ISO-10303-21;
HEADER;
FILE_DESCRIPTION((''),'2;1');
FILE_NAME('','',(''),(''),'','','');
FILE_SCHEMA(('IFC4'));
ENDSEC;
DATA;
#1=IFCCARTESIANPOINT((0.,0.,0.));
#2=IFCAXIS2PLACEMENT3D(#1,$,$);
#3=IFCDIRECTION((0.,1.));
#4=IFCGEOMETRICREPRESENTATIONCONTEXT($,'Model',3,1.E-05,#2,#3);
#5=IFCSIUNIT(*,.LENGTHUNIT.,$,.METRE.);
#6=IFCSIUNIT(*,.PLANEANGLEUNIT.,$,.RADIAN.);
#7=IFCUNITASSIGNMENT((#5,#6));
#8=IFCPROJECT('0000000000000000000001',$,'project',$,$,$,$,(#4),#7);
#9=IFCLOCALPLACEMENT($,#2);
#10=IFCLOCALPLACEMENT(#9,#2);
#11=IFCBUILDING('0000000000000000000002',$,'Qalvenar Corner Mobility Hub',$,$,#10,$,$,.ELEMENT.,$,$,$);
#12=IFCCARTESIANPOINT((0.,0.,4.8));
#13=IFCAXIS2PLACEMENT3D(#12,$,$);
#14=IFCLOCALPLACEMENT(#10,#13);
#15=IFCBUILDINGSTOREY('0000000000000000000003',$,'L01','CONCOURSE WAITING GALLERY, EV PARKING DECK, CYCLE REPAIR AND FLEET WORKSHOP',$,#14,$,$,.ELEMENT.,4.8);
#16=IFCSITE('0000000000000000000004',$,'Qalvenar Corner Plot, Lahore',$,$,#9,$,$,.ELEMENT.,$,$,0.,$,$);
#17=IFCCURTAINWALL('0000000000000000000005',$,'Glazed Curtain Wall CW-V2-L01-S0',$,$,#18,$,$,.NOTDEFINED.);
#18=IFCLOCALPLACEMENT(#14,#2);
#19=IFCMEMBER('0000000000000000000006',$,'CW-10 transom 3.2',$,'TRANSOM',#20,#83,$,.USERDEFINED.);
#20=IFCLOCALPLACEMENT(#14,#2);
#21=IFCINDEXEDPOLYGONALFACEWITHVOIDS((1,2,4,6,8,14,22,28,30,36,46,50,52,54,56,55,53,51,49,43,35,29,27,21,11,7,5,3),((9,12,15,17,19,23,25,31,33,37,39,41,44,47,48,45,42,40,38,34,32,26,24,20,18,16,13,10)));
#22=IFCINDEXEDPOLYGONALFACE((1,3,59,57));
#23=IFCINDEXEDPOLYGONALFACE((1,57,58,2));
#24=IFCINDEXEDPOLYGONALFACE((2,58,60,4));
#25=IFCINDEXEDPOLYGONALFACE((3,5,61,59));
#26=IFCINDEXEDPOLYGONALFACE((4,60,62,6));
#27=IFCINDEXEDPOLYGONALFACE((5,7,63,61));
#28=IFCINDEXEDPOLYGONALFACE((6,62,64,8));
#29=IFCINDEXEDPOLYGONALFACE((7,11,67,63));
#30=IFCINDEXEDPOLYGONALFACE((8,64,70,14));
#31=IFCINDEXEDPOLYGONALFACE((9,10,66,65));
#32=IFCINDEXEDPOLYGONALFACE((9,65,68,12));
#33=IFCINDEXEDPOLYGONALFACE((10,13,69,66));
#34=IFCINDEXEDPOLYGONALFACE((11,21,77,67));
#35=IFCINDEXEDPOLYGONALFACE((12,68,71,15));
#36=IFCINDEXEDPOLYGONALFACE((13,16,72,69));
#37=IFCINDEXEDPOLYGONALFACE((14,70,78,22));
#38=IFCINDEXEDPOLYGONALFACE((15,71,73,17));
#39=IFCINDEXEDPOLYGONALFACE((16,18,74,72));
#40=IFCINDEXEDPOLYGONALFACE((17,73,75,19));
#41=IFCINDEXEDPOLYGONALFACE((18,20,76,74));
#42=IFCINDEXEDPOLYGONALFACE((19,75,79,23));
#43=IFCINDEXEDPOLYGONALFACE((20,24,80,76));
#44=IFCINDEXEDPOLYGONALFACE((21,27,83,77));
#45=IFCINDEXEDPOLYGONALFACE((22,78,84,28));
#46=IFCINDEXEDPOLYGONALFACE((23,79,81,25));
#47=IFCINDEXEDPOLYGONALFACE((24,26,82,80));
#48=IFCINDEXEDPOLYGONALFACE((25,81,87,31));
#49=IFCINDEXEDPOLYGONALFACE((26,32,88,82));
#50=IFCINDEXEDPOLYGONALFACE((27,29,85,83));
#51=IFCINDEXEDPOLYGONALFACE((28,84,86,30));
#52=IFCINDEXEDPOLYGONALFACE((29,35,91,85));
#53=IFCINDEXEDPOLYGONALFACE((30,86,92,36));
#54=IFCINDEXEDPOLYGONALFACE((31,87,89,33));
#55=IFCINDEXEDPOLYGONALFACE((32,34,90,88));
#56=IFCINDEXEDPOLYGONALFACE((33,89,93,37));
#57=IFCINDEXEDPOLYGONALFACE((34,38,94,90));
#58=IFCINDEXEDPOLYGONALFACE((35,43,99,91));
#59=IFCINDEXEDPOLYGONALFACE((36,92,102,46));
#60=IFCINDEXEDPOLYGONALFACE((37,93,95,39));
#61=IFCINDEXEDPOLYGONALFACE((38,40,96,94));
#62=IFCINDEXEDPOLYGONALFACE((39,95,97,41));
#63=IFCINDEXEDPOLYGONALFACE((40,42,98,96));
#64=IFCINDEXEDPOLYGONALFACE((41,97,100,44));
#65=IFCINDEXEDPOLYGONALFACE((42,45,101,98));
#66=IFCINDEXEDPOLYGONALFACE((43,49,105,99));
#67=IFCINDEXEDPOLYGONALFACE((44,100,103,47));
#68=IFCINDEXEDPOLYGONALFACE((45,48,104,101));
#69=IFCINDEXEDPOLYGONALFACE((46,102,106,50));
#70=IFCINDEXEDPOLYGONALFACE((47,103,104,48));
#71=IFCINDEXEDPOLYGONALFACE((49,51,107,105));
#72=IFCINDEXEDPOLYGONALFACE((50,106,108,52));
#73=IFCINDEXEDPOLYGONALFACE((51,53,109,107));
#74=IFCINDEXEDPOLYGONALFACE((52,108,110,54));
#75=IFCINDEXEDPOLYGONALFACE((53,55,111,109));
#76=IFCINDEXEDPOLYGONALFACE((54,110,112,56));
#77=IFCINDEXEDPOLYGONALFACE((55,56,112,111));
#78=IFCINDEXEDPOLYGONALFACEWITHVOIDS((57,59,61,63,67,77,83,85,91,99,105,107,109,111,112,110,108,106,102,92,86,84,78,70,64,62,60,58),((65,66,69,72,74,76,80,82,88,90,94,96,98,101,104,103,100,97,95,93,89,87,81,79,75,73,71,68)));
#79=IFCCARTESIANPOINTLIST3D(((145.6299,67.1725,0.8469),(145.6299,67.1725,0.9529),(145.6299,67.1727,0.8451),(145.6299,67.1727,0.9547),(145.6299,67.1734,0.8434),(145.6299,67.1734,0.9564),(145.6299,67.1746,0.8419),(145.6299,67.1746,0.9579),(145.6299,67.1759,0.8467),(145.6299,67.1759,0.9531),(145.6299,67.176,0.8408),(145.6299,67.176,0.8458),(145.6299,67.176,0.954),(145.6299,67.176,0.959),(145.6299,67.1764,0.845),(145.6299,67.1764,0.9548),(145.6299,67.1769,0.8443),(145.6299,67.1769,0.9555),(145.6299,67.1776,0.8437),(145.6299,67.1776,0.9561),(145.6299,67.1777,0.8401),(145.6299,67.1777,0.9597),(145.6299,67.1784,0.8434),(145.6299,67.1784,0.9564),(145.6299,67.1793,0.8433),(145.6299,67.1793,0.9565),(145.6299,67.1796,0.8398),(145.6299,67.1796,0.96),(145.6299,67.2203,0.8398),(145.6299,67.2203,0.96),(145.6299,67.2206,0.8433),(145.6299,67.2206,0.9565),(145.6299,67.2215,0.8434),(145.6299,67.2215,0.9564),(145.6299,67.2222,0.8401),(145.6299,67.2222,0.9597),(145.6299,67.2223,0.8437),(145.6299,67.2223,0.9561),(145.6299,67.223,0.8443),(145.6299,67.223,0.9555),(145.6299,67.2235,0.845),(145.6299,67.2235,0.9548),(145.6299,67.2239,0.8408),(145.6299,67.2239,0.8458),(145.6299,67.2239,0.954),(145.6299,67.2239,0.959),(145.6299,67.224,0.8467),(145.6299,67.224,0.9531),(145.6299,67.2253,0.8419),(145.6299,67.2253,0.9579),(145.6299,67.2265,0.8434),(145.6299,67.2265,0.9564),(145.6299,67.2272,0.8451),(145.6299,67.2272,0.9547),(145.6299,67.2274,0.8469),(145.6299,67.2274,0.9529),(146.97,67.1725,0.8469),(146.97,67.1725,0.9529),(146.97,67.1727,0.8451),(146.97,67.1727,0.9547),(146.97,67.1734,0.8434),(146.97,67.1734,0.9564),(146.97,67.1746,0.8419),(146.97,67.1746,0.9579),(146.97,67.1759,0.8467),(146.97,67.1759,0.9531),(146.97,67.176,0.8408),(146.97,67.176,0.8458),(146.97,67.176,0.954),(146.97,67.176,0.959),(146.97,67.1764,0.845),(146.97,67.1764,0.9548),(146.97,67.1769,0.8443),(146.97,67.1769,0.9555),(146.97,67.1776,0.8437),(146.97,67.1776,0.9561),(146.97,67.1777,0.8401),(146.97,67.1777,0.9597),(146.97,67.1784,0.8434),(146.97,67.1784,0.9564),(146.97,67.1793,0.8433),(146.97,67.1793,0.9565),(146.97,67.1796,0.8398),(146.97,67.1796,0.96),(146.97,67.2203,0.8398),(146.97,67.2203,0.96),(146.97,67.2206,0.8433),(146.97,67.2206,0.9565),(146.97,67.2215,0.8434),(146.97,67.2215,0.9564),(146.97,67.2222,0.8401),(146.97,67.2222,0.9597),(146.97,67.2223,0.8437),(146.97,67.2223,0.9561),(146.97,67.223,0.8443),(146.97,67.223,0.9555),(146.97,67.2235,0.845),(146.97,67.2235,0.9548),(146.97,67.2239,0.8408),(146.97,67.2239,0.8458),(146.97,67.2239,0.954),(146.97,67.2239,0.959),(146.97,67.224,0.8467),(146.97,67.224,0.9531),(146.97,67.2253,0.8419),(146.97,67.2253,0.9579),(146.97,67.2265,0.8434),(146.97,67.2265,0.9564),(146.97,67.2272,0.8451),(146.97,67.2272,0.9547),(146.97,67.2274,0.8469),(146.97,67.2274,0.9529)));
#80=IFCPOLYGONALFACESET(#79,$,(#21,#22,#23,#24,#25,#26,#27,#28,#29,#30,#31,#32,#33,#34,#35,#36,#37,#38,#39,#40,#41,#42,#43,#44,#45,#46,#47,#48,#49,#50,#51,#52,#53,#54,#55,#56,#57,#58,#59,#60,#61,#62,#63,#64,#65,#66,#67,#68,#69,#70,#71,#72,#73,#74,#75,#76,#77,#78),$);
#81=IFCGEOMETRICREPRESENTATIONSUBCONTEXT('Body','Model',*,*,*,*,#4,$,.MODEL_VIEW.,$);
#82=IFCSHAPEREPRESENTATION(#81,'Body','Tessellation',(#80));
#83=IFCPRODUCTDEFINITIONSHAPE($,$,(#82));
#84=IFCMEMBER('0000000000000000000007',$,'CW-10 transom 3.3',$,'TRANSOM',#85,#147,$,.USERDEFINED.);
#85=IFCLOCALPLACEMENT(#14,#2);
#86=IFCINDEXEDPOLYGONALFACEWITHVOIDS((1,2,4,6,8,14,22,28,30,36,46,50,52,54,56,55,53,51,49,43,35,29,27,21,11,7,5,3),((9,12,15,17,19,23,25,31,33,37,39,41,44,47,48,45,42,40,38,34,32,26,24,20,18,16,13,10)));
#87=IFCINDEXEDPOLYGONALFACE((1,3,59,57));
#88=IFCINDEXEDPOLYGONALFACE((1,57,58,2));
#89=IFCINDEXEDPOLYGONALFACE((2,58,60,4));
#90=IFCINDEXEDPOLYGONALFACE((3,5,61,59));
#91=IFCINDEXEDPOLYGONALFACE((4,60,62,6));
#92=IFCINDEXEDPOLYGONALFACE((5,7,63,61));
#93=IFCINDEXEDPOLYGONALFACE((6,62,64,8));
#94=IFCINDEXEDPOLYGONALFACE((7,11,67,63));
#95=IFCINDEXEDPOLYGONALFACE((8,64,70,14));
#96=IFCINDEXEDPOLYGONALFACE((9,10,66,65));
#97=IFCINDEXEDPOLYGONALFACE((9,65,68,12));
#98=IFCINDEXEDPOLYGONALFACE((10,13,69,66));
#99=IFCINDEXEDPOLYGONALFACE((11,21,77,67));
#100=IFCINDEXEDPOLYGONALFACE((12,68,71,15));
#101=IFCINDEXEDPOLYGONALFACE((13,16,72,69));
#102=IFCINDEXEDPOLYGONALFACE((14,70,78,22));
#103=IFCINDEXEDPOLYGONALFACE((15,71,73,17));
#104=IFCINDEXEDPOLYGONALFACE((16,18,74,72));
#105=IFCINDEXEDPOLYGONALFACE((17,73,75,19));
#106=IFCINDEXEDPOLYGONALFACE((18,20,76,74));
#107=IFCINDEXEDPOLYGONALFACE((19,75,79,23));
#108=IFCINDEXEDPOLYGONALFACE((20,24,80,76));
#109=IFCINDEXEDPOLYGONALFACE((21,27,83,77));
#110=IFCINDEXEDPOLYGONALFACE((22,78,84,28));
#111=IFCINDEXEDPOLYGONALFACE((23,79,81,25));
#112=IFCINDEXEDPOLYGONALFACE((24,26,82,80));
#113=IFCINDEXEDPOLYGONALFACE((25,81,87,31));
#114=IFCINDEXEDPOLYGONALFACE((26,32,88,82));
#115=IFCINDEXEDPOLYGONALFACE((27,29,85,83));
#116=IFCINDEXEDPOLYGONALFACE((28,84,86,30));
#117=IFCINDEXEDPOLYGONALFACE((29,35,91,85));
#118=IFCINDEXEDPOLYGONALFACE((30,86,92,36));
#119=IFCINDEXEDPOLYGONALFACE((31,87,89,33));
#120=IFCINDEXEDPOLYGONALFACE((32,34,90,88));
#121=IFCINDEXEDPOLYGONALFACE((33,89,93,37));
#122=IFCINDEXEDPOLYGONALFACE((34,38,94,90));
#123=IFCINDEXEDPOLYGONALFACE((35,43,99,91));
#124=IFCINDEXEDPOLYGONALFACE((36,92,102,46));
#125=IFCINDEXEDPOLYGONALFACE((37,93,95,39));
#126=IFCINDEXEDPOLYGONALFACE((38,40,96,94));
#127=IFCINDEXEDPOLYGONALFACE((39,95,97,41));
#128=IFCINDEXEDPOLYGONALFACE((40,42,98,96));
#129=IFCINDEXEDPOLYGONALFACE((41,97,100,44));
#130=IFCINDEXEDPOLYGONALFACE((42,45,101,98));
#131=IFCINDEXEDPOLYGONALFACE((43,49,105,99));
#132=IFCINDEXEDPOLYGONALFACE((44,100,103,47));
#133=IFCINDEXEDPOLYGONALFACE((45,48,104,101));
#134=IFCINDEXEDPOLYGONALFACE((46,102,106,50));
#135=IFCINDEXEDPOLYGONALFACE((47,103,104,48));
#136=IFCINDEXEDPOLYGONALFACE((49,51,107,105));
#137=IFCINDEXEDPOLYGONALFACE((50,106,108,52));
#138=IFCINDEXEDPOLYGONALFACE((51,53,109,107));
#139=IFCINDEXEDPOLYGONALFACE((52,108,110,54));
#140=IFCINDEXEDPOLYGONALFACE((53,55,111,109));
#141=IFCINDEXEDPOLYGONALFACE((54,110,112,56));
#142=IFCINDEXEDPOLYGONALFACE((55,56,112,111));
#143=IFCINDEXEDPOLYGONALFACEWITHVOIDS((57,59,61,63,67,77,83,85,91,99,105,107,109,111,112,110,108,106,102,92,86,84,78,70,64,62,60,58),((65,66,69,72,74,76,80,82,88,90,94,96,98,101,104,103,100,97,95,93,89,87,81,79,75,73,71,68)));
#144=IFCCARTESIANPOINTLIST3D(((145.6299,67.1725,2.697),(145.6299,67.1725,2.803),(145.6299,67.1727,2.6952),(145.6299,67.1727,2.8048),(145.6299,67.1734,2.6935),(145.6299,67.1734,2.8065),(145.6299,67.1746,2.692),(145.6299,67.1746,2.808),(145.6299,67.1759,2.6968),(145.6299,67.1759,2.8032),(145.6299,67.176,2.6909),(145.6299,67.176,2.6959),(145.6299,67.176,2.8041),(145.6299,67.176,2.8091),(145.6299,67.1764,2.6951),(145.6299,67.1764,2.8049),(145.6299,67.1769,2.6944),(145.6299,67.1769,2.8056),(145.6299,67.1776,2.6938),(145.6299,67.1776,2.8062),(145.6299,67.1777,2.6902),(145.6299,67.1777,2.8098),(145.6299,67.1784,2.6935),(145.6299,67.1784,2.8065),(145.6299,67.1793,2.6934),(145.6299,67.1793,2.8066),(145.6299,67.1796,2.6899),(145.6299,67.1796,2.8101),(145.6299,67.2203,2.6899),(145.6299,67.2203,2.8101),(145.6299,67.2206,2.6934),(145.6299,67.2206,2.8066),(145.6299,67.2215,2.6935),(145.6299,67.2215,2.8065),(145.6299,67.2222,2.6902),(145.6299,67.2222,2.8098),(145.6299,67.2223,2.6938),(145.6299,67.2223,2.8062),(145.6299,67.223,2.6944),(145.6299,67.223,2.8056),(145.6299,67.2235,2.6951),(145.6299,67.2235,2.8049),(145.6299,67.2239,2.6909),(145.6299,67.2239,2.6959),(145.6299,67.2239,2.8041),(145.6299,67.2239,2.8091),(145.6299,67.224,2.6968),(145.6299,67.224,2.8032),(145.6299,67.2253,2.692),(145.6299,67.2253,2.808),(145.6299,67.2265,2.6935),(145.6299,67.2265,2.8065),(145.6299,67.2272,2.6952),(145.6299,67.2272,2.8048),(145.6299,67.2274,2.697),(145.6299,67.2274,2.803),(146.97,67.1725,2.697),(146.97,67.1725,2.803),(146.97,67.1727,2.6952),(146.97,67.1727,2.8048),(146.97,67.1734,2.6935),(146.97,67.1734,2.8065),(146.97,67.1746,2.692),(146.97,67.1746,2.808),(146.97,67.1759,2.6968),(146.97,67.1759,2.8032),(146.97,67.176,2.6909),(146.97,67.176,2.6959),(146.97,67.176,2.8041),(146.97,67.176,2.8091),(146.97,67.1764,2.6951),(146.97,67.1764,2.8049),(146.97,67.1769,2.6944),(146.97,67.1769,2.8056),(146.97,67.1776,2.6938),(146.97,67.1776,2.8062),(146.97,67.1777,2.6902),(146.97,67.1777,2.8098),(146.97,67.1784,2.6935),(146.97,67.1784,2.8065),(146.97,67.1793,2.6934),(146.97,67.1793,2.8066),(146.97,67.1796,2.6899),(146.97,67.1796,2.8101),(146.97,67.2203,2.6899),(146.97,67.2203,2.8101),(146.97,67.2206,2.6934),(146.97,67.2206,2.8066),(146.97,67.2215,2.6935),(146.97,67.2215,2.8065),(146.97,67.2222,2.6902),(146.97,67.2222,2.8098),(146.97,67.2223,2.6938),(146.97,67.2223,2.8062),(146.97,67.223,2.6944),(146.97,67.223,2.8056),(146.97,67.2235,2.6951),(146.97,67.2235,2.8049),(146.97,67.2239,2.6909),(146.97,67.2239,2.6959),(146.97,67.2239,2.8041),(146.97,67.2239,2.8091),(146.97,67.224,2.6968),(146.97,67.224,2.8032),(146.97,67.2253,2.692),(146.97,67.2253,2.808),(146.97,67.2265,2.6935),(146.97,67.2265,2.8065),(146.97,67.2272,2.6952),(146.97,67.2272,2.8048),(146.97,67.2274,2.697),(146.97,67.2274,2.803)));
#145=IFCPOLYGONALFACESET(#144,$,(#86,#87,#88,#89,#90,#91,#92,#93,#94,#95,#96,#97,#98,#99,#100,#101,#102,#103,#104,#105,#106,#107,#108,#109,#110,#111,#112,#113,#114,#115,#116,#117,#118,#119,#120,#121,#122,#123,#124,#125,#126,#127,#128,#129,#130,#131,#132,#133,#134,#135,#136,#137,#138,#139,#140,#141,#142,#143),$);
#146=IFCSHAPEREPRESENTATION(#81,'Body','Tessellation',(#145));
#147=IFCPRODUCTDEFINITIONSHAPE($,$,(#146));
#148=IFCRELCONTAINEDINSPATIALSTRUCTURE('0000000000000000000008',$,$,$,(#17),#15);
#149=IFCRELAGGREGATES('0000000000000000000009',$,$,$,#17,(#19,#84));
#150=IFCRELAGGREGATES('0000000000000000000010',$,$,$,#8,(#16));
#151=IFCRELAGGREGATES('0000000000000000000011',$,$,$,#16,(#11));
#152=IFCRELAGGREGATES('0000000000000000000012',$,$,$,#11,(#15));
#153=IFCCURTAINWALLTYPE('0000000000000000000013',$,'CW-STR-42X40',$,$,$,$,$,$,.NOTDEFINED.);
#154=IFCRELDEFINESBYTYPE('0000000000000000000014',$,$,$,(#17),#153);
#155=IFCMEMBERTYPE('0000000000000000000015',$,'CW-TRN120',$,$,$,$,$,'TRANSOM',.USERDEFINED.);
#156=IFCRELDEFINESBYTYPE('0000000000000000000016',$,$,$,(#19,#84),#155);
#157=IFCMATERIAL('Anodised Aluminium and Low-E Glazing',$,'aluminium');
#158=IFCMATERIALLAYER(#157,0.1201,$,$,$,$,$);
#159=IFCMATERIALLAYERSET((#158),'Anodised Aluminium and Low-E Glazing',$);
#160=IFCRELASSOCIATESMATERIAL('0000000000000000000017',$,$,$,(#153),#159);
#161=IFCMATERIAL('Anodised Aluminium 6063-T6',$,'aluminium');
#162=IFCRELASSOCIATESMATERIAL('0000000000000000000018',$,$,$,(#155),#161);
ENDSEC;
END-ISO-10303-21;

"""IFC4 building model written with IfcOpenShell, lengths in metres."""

from ifc_helpers import new_model, si_unit, direction, frame, origin, origin_2d, place, context, subcontext, project, spatial, hollow_rectangle, extrude, material, layer, layer_set, material_profile, profile_set, type_object, element, aggregate, save


model = new_model("IFC4")

# Units and contexts
model_context = context("Model", 3, precision=1e-05, world=origin(), true_north=direction((0.0, 1.0)))
body_context = subcontext(model_context, "Body", "Model", "MODEL_VIEW")
ifc_project = project(units=[si_unit("LENGTHUNIT", "METRE"), si_unit("PLANEANGLEUNIT", "RADIAN")], contexts=[model_context])

# Site, building, storey
site_placement = place(None, origin())
site = spatial("IfcSite", under=ifc_project, at=site_placement, Name="Qalvenar Corner Plot, Lahore", CompositionType="ELEMENT", RefElevation=0.0)
building_placement = place(site_placement, origin())
building = spatial("IfcBuilding", under=site, at=building_placement, Name="Qalvenar Corner Mobility Hub", CompositionType="ELEMENT")
storey_placement = place(building_placement, frame((0.0, 0.0, 4.8)))
storey = spatial("IfcBuildingStorey", under=building, at=storey_placement, Name="L01", Description="CONCOURSE WAITING GALLERY, EV PARKING DECK, CYCLE REPAIR AND FLEET WORKSHOP", CompositionType="ELEMENT", Elevation=4.8)

# Curtain wall, members
ifc_material_1 = material(Name="Anodised Aluminium and Low-E Glazing", Category="aluminium")
ifc_layer_1 = layer(ifc_material_1, 0.1201)
ifc_layer_set_1 = layer_set([ifc_layer_1], Name="Anodised Aluminium and Low-E Glazing")
curtain_wall_type = type_object("IfcCurtainWallType", Name="CW-STR-42X40", PredefinedType="NOTDEFINED", material=ifc_layer_set_1)
curtain_wall_placement = place(storey_placement, origin())
curtain_wall = element("IfcCurtainWall", 1, at=curtain_wall_placement, inside=storey, type_object=curtain_wall_type, Name="Glazed Curtain Wall CW-V2-L01-S0", PredefinedType="NOTDEFINED")
ifc_material_2 = material(Name="Anodised Aluminium 6063-T6", Category="aluminium")
ifc_material_profile_1 = material_profile(ifc_material_2, hollow_rectangle(XDim=0.0549, YDim=0.1201, WallThickness=0.0034, InnerFilletRadius=0.0034, OuterFilletRadius=0.0071, at=origin_2d()), Name="RHS120x55x3.5")
ifc_profile_set_1 = profile_set([ifc_material_profile_1], Name="Anodised Aluminium 6063-T6")
member_type_1 = type_object("IfcMemberType", Name="CW-TRN120", ElementType="TRANSOM", PredefinedType="USERDEFINED", material=ifc_profile_set_1)
member_1_placement = place(storey_placement, frame((145.6299, 67.2, 0.8999), z_axis=(1.0, 0.0, 0.0), x_axis=(0.0, 1.0, 0.0)))
member_1 = element("IfcMember", 2, at=member_1_placement, type_object=member_type_1, Name="CW-10 transom 3.2", ObjectType="TRANSOM", PredefinedType="USERDEFINED", context=body_context, shape_type="SweptSolid", body=[
    extrude(hollow_rectangle(XDim=0.0549, YDim=0.1201, WallThickness=0.0034, InnerFilletRadius=0.0034, OuterFilletRadius=0.0071, at=origin_2d()), origin(), (0.0, 0.0, 1.0), 1.3401),
])
member_2_placement = place(storey_placement, frame((145.6299, 67.2, 2.75), z_axis=(1.0, 0.0, 0.0), x_axis=(0.0, 1.0, 0.0)))
member_2 = element("IfcMember", 3, at=member_2_placement, type_object=member_type_1, Name="CW-10 transom 3.3", ObjectType="TRANSOM", PredefinedType="USERDEFINED", context=body_context, shape_type="SweptSolid", body=[
    extrude(hollow_rectangle(XDim=0.0549, YDim=0.1201, WallThickness=0.0034, InnerFilletRadius=0.0034, OuterFilletRadius=0.0071, at=origin_2d()), origin(), (0.0, 0.0, 1.0), 1.3401),
])
aggregate(curtain_wall, [member_1, member_2])

save(model, "model.ifc")
